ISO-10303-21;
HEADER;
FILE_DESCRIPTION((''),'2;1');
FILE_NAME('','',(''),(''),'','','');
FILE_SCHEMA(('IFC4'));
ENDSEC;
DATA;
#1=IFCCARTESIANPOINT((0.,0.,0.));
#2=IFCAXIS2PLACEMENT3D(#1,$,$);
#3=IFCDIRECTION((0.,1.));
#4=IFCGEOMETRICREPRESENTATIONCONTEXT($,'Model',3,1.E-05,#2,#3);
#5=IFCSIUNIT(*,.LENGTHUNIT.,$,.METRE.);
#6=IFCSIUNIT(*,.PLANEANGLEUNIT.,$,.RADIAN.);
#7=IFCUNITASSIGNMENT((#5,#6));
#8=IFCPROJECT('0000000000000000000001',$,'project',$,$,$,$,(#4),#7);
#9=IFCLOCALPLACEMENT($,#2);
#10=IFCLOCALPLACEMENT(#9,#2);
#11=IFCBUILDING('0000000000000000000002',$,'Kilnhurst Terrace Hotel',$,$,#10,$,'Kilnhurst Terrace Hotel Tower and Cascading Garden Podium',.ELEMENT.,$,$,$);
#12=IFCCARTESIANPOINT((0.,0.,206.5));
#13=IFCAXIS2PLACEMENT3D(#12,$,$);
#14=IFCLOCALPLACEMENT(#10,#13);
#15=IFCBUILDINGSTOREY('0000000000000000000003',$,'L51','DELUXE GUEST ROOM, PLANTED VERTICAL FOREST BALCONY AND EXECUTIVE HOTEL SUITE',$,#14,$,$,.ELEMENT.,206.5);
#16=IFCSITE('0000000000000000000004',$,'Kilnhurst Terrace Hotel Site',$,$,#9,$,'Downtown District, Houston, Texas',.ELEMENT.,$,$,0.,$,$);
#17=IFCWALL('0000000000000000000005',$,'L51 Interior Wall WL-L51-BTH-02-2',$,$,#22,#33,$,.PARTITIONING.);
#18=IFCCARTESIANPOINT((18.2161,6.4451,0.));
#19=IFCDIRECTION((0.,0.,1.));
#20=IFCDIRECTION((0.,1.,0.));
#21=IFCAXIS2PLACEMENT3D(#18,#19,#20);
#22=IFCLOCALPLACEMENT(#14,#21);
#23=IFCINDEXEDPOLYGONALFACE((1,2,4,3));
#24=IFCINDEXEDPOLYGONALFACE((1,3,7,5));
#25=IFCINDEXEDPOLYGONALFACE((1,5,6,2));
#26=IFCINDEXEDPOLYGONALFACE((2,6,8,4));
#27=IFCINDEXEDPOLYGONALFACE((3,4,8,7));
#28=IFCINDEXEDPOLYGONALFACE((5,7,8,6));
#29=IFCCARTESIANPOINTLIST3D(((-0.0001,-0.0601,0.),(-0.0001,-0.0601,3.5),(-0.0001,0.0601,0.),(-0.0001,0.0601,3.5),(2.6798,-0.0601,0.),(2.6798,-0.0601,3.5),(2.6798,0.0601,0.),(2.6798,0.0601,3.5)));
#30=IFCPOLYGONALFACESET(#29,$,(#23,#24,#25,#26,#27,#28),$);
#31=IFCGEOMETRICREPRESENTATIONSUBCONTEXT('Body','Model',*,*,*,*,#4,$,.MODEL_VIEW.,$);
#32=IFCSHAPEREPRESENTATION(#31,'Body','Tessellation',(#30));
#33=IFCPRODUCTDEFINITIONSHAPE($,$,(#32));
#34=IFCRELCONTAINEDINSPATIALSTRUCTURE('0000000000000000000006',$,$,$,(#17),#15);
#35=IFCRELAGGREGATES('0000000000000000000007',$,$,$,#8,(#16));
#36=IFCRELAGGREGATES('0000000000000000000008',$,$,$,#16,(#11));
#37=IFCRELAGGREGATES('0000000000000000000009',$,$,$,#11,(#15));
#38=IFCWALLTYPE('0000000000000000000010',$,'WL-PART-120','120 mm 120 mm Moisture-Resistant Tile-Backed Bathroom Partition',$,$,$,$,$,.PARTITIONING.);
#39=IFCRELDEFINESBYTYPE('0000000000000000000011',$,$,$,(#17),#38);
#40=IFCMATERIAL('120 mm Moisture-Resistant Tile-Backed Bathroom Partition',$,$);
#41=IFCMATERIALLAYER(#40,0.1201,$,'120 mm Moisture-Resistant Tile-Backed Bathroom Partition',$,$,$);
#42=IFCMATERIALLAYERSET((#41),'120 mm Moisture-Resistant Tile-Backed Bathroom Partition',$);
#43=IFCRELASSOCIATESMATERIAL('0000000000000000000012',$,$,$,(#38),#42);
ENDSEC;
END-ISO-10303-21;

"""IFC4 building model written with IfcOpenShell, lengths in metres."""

from ifc_helpers import new_model, si_unit, direction, frame, frame_2d, origin, place, context, subcontext, project, spatial, rectangle, extrude, material, layer, layer_set, type_object, element, save


model = new_model("IFC4")

# Units and contexts
model_context = context("Model", 3, precision=1e-05, world=origin(), true_north=direction((0.0, 1.0)))
body_context = subcontext(model_context, "Body", "Model", "MODEL_VIEW")
ifc_project = project(units=[si_unit("LENGTHUNIT", "METRE"), si_unit("PLANEANGLEUNIT", "RADIAN")], contexts=[model_context])

# Site, building, storey
site_placement = place(None, origin())
site = spatial("IfcSite", under=ifc_project, at=site_placement, Name="Kilnhurst Terrace Hotel Site", LongName="Downtown District, Houston, Texas", CompositionType="ELEMENT", RefElevation=0.0)
building_placement = place(site_placement, origin())
building = spatial("IfcBuilding", under=site, at=building_placement, Name="Kilnhurst Terrace Hotel", LongName="Kilnhurst Terrace Hotel Tower and Cascading Garden Podium", CompositionType="ELEMENT")
storey_placement = place(building_placement, frame((0.0, 0.0, 206.5)))
storey = spatial("IfcBuildingStorey", under=building, at=storey_placement, Name="L51", Description="DELUXE GUEST ROOM, PLANTED VERTICAL FOREST BALCONY AND EXECUTIVE HOTEL SUITE", CompositionType="ELEMENT", Elevation=206.5)

# Shared definitions
ifc_material_1 = material(Name="120 mm Moisture-Resistant Tile-Backed Bathroom Partition")
ifc_layer_1 = layer(ifc_material_1, 0.1201, Name="120 mm Moisture-Resistant Tile-Backed Bathroom Partition")
ifc_layer_set_1 = layer_set([ifc_layer_1], Name="120 mm Moisture-Resistant Tile-Backed Bathroom Partition")
wall_type_1 = type_object("IfcWallType", Name="WL-PART-120", Description="120 mm 120 mm Moisture-Resistant Tile-Backed Bathroom Partition", PredefinedType="PARTITIONING", material=ifc_layer_set_1)

# Wall
wall_1_placement = place(storey_placement, frame((18.2161, 6.4451, 0.0), z_axis=(0.0, 0.0, 1.0), x_axis=(0.0, 1.0, 0.0)))
element("IfcWall", 1, at=wall_1_placement, inside=storey, type_object=wall_type_1, Name="L51 Interior Wall WL-L51-BTH-02-2", PredefinedType="PARTITIONING", context=body_context, shape_type="SweptSolid", body=[
    extrude(rectangle(XDim=2.6799, YDim=0.1201, at=frame_2d((1.3398, 0.0))), origin(), (0.0, 0.0, 1.0), 3.5),
])

save(model, "model.ifc")
